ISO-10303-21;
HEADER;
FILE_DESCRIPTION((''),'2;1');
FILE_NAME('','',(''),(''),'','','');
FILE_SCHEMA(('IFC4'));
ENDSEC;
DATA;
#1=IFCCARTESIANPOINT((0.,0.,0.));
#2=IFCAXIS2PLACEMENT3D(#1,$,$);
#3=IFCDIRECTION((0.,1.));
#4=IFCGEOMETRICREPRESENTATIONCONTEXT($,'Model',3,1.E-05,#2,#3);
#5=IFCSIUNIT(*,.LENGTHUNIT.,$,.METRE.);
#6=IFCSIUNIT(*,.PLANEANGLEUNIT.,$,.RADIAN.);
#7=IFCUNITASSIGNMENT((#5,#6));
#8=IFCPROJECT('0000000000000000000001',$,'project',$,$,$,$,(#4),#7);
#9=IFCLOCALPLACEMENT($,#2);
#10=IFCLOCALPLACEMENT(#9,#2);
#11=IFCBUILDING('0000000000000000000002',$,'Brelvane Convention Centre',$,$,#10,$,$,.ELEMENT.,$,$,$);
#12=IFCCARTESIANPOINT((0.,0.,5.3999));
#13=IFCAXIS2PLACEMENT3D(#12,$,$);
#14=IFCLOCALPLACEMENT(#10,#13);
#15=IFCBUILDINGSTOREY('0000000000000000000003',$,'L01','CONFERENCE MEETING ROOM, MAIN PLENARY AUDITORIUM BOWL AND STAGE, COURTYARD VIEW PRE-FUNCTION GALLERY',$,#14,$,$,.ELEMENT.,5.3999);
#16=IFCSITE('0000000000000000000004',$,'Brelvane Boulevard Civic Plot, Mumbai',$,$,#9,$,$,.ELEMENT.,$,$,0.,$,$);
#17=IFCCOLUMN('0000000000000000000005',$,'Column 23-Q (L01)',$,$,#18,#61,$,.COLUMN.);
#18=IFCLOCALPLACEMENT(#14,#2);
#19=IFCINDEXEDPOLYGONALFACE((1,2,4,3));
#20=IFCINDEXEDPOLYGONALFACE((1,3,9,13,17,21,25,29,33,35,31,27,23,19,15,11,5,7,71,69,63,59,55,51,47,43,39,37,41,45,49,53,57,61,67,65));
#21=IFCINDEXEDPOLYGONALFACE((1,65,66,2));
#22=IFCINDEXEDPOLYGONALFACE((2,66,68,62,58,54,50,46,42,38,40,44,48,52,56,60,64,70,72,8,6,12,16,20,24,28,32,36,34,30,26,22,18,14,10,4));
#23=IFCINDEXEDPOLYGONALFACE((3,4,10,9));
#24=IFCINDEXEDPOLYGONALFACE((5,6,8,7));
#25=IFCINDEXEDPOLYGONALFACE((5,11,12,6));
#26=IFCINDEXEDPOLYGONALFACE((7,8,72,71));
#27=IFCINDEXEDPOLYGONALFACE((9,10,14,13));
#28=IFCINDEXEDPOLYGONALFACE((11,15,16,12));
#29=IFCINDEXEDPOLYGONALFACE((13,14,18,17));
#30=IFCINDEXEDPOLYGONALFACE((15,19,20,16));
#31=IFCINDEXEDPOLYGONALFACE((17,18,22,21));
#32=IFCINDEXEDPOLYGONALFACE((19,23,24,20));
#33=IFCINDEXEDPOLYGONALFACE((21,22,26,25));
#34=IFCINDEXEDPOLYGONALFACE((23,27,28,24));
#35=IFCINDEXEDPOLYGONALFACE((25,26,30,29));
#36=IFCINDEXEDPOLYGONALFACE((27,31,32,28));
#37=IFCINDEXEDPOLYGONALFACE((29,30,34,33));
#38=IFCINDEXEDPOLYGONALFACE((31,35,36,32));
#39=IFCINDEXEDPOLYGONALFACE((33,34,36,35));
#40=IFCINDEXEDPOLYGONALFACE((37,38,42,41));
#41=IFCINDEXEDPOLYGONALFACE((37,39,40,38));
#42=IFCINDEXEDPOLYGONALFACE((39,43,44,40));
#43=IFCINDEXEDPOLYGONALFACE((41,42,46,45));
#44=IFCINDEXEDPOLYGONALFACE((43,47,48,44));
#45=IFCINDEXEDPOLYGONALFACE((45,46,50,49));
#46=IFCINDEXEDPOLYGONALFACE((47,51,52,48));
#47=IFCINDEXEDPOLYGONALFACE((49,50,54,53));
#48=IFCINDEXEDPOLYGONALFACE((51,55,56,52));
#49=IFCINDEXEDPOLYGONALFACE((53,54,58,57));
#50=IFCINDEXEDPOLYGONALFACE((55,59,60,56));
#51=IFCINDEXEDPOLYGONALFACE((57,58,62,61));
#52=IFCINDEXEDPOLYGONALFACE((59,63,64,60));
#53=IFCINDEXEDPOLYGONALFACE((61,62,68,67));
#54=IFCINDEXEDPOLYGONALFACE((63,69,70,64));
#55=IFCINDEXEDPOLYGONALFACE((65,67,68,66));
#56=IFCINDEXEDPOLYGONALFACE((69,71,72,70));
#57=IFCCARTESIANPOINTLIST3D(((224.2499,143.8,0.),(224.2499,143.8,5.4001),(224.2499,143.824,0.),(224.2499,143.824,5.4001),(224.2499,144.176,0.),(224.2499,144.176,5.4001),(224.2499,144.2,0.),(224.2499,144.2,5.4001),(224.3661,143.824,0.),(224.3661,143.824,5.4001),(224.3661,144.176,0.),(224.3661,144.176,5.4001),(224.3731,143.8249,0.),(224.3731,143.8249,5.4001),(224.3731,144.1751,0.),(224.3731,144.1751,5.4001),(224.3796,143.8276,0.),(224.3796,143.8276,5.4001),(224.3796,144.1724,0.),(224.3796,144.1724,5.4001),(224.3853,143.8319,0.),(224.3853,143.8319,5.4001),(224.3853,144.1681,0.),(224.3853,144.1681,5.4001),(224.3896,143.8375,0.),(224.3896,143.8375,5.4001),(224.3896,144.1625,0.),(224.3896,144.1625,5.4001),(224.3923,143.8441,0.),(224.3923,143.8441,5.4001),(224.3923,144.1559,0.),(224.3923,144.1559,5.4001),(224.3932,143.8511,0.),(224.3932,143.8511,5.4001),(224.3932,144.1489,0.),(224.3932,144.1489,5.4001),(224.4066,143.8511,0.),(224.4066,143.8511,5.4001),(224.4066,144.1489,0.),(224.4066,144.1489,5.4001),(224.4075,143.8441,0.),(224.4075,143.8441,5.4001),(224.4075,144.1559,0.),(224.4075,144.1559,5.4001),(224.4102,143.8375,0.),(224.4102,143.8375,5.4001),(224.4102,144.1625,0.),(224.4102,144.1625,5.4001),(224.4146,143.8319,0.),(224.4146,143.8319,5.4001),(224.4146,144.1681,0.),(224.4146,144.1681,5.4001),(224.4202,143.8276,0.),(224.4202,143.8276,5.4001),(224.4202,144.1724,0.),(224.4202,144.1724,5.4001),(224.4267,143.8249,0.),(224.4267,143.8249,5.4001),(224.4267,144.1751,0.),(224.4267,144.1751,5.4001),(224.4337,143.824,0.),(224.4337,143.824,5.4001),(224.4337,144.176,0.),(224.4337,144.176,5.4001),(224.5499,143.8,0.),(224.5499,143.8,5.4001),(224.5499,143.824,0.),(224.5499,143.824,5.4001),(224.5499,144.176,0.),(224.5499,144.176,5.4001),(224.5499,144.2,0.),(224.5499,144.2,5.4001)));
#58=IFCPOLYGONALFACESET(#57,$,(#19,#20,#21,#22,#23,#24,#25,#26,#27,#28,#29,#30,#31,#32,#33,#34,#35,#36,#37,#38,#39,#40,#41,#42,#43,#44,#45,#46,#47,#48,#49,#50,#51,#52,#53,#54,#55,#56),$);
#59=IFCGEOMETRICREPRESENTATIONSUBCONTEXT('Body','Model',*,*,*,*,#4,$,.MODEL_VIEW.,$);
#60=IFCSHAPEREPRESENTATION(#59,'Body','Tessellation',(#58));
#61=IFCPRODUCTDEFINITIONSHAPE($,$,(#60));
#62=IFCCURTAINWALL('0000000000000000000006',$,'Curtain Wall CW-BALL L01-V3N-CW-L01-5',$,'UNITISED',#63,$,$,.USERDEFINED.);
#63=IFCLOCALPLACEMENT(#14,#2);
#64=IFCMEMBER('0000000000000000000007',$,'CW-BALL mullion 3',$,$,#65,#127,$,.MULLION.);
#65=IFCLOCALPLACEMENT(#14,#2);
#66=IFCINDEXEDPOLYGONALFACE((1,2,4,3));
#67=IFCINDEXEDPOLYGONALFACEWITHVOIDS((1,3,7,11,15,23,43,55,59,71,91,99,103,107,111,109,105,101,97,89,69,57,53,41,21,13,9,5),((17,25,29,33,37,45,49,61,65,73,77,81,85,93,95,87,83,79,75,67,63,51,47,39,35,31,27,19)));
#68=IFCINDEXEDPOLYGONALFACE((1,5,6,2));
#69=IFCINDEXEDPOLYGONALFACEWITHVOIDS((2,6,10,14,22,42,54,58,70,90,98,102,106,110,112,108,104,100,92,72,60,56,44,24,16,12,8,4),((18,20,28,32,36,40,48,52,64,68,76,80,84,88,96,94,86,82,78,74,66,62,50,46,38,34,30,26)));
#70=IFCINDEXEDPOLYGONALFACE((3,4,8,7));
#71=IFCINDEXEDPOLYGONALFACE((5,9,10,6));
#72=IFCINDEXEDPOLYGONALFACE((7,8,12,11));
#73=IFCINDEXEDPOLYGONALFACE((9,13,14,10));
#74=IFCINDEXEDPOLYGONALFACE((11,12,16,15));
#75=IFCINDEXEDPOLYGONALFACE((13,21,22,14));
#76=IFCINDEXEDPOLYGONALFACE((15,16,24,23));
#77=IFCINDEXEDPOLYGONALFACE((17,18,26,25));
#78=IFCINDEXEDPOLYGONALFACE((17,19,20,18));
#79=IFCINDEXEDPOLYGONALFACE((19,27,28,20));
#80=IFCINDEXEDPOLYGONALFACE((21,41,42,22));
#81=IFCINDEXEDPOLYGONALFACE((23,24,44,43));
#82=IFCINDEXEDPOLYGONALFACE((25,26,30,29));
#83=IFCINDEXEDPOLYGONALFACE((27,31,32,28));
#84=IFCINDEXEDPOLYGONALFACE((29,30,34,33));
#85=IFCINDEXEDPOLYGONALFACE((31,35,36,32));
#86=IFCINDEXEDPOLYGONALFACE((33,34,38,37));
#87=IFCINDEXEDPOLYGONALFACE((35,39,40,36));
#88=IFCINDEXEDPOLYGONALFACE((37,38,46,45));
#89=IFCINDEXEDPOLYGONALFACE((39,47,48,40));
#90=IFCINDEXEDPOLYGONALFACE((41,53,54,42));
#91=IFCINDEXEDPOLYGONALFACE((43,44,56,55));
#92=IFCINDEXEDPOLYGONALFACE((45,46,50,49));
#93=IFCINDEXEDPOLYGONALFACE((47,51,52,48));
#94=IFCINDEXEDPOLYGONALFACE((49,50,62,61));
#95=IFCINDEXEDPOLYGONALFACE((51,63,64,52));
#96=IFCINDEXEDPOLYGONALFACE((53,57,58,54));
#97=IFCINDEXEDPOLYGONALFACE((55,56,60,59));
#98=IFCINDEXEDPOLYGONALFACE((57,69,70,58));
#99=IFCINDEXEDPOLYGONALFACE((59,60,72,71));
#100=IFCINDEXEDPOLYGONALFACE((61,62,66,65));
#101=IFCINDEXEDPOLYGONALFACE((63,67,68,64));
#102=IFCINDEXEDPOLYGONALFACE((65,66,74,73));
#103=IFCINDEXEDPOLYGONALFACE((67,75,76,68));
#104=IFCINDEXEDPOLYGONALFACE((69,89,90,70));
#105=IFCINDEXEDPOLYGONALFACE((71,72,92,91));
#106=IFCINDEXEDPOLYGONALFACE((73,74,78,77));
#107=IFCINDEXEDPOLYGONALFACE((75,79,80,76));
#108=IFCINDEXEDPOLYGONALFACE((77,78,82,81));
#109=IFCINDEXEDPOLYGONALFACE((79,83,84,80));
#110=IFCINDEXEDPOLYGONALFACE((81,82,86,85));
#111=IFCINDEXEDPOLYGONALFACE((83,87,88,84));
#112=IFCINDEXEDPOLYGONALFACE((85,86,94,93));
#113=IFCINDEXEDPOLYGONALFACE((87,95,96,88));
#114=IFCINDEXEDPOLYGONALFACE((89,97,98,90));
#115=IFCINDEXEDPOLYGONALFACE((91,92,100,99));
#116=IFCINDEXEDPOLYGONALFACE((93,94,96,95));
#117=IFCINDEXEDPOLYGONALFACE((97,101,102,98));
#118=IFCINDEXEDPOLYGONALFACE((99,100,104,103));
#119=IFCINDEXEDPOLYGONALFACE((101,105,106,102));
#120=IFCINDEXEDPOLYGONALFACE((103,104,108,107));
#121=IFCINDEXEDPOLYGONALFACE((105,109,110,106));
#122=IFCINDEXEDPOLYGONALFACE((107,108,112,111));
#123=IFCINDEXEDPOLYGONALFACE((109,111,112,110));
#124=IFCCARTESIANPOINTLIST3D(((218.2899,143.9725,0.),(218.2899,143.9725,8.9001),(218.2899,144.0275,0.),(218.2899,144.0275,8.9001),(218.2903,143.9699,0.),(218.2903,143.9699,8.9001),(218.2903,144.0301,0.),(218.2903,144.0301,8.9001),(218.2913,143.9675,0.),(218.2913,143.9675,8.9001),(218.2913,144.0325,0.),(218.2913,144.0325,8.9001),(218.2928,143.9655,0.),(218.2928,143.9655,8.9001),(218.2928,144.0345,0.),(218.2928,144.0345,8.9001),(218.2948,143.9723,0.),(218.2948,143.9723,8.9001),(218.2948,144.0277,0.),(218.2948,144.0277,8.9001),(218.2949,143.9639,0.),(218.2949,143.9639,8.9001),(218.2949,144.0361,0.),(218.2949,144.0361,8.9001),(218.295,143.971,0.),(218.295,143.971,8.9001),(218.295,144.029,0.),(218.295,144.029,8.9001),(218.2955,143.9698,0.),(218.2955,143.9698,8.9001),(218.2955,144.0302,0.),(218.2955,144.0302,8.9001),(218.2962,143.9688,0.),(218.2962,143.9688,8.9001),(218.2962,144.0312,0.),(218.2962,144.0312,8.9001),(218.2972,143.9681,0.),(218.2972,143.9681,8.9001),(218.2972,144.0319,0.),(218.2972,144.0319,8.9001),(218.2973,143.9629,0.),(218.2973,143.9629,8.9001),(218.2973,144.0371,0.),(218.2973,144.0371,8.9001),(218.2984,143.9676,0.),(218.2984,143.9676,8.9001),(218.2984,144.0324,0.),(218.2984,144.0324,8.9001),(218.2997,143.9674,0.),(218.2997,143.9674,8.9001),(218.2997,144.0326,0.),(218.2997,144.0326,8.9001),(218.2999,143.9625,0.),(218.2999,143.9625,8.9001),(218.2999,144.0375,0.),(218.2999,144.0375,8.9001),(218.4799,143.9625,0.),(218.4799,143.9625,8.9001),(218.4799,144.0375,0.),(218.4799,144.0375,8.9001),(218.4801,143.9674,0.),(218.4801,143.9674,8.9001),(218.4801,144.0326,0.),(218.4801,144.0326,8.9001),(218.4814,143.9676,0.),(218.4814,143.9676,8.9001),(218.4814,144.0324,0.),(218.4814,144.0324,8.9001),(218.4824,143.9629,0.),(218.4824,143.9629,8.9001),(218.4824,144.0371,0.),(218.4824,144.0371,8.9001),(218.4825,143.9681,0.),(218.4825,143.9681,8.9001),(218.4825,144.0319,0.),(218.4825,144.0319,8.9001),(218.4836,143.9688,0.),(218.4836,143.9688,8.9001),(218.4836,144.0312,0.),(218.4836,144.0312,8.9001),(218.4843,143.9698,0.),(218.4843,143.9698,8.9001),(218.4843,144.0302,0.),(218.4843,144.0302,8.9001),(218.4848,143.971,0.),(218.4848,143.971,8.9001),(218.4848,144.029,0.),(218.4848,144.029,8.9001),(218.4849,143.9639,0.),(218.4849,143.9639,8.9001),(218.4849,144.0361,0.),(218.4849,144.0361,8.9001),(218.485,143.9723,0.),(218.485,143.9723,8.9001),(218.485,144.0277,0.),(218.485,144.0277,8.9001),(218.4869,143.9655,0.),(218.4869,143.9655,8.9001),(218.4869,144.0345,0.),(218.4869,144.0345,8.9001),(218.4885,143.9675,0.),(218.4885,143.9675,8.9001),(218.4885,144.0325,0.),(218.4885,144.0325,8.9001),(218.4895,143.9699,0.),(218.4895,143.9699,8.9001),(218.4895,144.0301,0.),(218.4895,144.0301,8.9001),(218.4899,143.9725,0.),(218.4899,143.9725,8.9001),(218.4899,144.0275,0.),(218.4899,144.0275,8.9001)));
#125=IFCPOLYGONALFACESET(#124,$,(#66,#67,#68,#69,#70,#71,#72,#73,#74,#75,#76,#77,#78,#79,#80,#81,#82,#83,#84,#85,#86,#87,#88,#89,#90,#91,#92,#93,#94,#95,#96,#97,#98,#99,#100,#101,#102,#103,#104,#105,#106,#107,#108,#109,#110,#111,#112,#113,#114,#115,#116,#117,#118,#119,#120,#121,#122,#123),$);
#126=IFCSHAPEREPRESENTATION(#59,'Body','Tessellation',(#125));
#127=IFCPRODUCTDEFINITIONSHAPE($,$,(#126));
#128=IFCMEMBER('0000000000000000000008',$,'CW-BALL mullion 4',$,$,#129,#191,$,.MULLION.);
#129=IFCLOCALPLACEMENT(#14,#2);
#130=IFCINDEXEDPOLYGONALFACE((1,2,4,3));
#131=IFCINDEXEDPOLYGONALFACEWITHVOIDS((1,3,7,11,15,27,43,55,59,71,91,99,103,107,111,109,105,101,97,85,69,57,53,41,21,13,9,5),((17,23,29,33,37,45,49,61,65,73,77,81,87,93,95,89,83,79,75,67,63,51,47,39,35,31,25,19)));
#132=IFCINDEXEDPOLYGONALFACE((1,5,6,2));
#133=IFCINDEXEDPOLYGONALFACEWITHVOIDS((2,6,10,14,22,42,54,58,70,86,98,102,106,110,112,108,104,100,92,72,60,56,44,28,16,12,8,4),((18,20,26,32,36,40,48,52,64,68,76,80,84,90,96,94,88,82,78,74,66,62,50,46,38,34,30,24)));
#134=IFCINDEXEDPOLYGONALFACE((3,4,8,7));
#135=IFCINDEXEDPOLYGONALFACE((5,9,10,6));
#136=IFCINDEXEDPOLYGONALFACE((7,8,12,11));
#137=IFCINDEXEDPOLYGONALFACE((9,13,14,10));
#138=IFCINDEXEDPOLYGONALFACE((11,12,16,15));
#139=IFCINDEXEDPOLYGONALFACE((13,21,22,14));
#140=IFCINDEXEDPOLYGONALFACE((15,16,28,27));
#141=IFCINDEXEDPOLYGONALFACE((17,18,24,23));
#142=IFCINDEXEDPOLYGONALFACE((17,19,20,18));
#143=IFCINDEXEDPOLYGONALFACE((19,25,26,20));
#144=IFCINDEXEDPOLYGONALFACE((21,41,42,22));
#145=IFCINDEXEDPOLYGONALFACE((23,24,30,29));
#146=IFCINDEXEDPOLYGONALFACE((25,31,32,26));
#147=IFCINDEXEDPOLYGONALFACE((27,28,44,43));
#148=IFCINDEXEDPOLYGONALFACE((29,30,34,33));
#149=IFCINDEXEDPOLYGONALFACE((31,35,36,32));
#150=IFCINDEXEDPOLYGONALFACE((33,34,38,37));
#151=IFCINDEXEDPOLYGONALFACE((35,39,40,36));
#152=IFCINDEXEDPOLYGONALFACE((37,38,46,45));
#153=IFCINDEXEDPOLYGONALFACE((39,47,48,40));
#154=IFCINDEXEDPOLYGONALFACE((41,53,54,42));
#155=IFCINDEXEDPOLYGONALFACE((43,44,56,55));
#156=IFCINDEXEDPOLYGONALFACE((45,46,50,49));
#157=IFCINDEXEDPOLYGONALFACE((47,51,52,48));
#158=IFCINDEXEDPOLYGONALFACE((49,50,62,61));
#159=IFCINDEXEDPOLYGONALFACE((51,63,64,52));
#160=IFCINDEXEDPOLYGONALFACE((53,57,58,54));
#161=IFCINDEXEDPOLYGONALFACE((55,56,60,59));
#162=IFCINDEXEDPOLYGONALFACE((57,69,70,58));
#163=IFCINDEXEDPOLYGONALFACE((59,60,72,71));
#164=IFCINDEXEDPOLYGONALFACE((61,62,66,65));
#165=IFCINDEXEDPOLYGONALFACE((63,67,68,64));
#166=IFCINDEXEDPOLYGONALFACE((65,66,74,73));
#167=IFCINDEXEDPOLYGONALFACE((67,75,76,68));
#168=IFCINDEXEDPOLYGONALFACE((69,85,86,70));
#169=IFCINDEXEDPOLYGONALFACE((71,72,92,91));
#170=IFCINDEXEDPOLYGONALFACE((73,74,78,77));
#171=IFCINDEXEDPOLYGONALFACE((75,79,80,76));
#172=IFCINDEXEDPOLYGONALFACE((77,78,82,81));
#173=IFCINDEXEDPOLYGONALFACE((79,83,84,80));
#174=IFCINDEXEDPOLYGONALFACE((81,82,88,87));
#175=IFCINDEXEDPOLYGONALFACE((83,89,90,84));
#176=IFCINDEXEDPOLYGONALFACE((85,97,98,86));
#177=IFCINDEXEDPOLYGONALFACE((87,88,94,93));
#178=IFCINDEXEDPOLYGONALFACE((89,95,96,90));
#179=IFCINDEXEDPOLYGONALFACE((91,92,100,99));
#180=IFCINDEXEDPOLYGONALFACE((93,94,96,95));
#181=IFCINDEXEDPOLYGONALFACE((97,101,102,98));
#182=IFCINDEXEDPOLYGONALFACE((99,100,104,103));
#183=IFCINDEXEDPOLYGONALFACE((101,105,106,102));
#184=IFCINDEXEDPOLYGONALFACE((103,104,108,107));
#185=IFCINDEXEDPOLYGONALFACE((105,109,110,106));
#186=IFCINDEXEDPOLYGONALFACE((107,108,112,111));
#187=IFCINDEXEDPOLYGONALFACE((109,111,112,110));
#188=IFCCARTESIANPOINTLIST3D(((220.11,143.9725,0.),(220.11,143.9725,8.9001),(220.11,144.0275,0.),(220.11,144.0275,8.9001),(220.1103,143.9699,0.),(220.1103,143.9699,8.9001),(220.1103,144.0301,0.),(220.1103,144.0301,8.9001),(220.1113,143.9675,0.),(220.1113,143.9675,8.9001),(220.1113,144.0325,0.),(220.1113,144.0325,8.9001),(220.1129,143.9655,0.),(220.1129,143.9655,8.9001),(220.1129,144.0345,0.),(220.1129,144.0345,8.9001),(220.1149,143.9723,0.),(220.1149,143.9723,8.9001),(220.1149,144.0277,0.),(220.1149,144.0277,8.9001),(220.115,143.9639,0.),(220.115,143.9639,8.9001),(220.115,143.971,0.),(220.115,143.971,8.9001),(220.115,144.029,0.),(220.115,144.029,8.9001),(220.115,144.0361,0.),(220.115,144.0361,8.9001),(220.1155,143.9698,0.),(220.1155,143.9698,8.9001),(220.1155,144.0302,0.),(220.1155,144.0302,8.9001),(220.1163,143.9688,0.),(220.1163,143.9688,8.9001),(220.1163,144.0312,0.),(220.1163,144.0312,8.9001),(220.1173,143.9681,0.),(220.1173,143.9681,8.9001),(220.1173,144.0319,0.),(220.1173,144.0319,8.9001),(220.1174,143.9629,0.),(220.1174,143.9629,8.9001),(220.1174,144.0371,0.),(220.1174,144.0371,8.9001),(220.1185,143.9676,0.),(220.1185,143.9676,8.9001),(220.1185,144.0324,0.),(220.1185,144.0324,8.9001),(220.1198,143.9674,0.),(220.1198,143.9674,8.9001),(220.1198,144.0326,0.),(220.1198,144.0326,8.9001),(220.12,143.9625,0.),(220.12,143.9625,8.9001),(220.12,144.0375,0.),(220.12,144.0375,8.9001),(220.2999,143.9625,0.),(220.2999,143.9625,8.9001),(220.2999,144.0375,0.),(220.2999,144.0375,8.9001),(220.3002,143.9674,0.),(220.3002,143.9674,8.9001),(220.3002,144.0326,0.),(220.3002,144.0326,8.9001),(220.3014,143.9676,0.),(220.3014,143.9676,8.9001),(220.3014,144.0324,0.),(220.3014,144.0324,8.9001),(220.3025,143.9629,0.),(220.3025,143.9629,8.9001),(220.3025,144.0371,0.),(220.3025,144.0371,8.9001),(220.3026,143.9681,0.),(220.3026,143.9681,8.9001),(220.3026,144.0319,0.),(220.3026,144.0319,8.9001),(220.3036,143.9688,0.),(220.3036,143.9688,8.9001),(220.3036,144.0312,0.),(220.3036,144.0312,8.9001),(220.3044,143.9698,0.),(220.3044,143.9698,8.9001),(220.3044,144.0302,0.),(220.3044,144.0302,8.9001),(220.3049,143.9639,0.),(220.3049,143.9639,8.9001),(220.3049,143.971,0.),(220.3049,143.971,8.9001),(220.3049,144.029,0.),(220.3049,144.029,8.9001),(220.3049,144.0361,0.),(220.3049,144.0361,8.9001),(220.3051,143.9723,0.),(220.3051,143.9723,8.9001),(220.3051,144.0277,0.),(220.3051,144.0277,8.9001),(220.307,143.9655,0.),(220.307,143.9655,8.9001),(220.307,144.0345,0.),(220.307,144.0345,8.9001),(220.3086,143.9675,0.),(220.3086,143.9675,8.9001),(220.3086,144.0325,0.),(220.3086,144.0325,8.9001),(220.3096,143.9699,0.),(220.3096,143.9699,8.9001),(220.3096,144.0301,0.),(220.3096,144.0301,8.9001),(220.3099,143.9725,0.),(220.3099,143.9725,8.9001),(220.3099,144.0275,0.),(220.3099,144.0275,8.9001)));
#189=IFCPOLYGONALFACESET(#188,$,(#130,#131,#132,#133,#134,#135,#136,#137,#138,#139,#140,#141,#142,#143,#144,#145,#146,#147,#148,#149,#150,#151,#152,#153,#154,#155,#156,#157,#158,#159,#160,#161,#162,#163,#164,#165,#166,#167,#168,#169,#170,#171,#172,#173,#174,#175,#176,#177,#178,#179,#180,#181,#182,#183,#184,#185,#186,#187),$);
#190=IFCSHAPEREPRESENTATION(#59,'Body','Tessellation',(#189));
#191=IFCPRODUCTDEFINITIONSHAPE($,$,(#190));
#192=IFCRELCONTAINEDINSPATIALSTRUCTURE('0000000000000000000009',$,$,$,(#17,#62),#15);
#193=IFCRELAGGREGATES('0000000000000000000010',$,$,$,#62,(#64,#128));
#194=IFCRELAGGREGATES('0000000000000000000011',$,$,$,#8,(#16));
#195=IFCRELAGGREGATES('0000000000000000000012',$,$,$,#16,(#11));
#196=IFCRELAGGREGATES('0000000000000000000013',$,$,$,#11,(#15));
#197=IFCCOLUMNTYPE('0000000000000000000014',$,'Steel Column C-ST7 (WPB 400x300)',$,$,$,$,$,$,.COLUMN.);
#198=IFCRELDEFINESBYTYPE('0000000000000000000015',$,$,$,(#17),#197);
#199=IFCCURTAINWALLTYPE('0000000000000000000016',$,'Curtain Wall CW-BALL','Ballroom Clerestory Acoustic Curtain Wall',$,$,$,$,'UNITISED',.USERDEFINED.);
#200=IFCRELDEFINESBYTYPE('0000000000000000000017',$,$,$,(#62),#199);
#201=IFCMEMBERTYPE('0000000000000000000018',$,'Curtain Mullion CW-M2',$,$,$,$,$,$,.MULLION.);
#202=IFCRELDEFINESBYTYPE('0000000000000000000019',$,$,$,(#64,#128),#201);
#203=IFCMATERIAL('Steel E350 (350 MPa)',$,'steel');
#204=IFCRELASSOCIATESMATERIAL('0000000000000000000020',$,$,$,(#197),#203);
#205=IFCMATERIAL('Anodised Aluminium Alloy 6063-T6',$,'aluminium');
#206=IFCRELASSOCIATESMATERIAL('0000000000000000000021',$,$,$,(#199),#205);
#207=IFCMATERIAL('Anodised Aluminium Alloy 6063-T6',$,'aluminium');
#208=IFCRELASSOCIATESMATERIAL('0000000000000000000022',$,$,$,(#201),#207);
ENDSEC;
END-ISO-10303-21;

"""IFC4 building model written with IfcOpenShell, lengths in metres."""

from ifc_helpers import new_model, si_unit, direction, frame, origin, origin_2d, place, context, subcontext, project, spatial, hollow_rectangle, i_section, extrude, material, material_profile, profile_set, type_object, element, aggregate, save


model = new_model("IFC4")

# Units and contexts
model_context = context("Model", 3, precision=1e-05, world=origin(), true_north=direction((0.0, 1.0)))
body_context = subcontext(model_context, "Body", "Model", "MODEL_VIEW")
ifc_project = project(units=[si_unit("LENGTHUNIT", "METRE"), si_unit("PLANEANGLEUNIT", "RADIAN")], contexts=[model_context])

# Site, building, storey
site_placement = place(None, origin())
site = spatial("IfcSite", under=ifc_project, at=site_placement, Name="Brelvane Boulevard Civic Plot, Mumbai", CompositionType="ELEMENT", RefElevation=0.0)
building_placement = place(site_placement, origin())
building = spatial("IfcBuilding", under=site, at=building_placement, Name="Brelvane Convention Centre", CompositionType="ELEMENT")
storey_placement = place(building_placement, frame((0.0, 0.0, 5.3999)))
storey = spatial("IfcBuildingStorey", under=building, at=storey_placement, Name="L01", Description="CONFERENCE MEETING ROOM, MAIN PLENARY AUDITORIUM BOWL AND STAGE, COURTYARD VIEW PRE-FUNCTION GALLERY", CompositionType="ELEMENT", Elevation=5.3999)

# Column
ifc_material_1 = material(Name="Steel E350 (350 MPa)", Category="steel")
ifc_material_profile_1 = material_profile(ifc_material_1, i_section(OverallWidth=0.3, OverallDepth=0.3999, WebThickness=0.0134, FlangeThickness=0.0239, FilletRadius=0.0271, at=origin_2d()), Name="WPB 400x300")
ifc_profile_set_1 = profile_set([ifc_material_profile_1], Name="Steel E350 (350 MPa)")
column_type = type_object("IfcColumnType", Name="Steel Column C-ST7 (WPB 400x300)", PredefinedType="COLUMN", material=ifc_profile_set_1)
column_placement = place(storey_placement, frame((224.3999, 144.0, 0.0), z_axis=(0.0, 0.0, 1.0), x_axis=(1.0, 0.0, 0.0)))
element("IfcColumn", 1, at=column_placement, inside=storey, type_object=column_type, Name="Column 23-Q (L01)", PredefinedType="COLUMN", context=body_context, shape_type="SweptSolid", body=[
    extrude(i_section(OverallWidth=0.3, OverallDepth=0.3999, WebThickness=0.0134, FlangeThickness=0.0239, FilletRadius=0.0271, at=origin_2d()), origin(), (0.0, 0.0, 1.0), 5.4001),
])

# Curtain wall, members
ifc_material_2 = material(Name="Anodised Aluminium Alloy 6063-T6", Category="aluminium")
curtain_wall_type = type_object("IfcCurtainWallType", Name="Curtain Wall CW-BALL", Description="Ballroom Clerestory Acoustic Curtain Wall", ElementType="UNITISED", PredefinedType="USERDEFINED", material=ifc_material_2)
curtain_wall_placement = place(storey_placement, origin())
curtain_wall = element("IfcCurtainWall", 2, at=curtain_wall_placement, inside=storey, type_object=curtain_wall_type, Name="Curtain Wall CW-BALL L01-V3N-CW-L01-5", ObjectType="UNITISED", PredefinedType="USERDEFINED")
ifc_material_3 = material(Name="Anodised Aluminium Alloy 6063-T6", Category="aluminium")
ifc_material_profile_2 = material_profile(ifc_material_3, hollow_rectangle(XDim=0.075, YDim=0.2, WallThickness=0.0049, InnerFilletRadius=0.0049, OuterFilletRadius=0.01, at=origin_2d()), Name="ALU-M 200x75x5.0")
ifc_profile_set_2 = profile_set([ifc_material_profile_2], Name="Anodised Aluminium Alloy 6063-T6")
member_type_1 = type_object("IfcMemberType", Name="Curtain Mullion CW-M2", PredefinedType="MULLION", material=ifc_profile_set_2)
member_1_placement = place(storey_placement, frame((218.3899, 144.0, 0.0), z_axis=(0.0, 0.0, 1.0), x_axis=(0.0, 1.0, 0.0)))
member_1 = element("IfcMember", 3, at=member_1_placement, type_object=member_type_1, Name="CW-BALL mullion 3", PredefinedType="MULLION", context=body_context, shape_type="SweptSolid", body=[
    extrude(hollow_rectangle(XDim=0.075, YDim=0.2, WallThickness=0.0049, InnerFilletRadius=0.0049, OuterFilletRadius=0.01, at=origin_2d()), origin(), (0.0, 0.0, 1.0), 8.9001),
])
member_2_placement = place(storey_placement, frame((220.21, 144.0, 0.0), z_axis=(0.0, 0.0, 1.0), x_axis=(0.0, 1.0, 0.0)))
member_2 = element("IfcMember", 4, at=member_2_placement, type_object=member_type_1, Name="CW-BALL mullion 4", PredefinedType="MULLION", context=body_context, shape_type="SweptSolid", body=[
    extrude(hollow_rectangle(XDim=0.075, YDim=0.2, WallThickness=0.0049, InnerFilletRadius=0.0049, OuterFilletRadius=0.01, at=origin_2d()), origin(), (0.0, 0.0, 1.0), 8.9001),
])
aggregate(curtain_wall, [member_1, member_2])

save(model, "model.ifc")
